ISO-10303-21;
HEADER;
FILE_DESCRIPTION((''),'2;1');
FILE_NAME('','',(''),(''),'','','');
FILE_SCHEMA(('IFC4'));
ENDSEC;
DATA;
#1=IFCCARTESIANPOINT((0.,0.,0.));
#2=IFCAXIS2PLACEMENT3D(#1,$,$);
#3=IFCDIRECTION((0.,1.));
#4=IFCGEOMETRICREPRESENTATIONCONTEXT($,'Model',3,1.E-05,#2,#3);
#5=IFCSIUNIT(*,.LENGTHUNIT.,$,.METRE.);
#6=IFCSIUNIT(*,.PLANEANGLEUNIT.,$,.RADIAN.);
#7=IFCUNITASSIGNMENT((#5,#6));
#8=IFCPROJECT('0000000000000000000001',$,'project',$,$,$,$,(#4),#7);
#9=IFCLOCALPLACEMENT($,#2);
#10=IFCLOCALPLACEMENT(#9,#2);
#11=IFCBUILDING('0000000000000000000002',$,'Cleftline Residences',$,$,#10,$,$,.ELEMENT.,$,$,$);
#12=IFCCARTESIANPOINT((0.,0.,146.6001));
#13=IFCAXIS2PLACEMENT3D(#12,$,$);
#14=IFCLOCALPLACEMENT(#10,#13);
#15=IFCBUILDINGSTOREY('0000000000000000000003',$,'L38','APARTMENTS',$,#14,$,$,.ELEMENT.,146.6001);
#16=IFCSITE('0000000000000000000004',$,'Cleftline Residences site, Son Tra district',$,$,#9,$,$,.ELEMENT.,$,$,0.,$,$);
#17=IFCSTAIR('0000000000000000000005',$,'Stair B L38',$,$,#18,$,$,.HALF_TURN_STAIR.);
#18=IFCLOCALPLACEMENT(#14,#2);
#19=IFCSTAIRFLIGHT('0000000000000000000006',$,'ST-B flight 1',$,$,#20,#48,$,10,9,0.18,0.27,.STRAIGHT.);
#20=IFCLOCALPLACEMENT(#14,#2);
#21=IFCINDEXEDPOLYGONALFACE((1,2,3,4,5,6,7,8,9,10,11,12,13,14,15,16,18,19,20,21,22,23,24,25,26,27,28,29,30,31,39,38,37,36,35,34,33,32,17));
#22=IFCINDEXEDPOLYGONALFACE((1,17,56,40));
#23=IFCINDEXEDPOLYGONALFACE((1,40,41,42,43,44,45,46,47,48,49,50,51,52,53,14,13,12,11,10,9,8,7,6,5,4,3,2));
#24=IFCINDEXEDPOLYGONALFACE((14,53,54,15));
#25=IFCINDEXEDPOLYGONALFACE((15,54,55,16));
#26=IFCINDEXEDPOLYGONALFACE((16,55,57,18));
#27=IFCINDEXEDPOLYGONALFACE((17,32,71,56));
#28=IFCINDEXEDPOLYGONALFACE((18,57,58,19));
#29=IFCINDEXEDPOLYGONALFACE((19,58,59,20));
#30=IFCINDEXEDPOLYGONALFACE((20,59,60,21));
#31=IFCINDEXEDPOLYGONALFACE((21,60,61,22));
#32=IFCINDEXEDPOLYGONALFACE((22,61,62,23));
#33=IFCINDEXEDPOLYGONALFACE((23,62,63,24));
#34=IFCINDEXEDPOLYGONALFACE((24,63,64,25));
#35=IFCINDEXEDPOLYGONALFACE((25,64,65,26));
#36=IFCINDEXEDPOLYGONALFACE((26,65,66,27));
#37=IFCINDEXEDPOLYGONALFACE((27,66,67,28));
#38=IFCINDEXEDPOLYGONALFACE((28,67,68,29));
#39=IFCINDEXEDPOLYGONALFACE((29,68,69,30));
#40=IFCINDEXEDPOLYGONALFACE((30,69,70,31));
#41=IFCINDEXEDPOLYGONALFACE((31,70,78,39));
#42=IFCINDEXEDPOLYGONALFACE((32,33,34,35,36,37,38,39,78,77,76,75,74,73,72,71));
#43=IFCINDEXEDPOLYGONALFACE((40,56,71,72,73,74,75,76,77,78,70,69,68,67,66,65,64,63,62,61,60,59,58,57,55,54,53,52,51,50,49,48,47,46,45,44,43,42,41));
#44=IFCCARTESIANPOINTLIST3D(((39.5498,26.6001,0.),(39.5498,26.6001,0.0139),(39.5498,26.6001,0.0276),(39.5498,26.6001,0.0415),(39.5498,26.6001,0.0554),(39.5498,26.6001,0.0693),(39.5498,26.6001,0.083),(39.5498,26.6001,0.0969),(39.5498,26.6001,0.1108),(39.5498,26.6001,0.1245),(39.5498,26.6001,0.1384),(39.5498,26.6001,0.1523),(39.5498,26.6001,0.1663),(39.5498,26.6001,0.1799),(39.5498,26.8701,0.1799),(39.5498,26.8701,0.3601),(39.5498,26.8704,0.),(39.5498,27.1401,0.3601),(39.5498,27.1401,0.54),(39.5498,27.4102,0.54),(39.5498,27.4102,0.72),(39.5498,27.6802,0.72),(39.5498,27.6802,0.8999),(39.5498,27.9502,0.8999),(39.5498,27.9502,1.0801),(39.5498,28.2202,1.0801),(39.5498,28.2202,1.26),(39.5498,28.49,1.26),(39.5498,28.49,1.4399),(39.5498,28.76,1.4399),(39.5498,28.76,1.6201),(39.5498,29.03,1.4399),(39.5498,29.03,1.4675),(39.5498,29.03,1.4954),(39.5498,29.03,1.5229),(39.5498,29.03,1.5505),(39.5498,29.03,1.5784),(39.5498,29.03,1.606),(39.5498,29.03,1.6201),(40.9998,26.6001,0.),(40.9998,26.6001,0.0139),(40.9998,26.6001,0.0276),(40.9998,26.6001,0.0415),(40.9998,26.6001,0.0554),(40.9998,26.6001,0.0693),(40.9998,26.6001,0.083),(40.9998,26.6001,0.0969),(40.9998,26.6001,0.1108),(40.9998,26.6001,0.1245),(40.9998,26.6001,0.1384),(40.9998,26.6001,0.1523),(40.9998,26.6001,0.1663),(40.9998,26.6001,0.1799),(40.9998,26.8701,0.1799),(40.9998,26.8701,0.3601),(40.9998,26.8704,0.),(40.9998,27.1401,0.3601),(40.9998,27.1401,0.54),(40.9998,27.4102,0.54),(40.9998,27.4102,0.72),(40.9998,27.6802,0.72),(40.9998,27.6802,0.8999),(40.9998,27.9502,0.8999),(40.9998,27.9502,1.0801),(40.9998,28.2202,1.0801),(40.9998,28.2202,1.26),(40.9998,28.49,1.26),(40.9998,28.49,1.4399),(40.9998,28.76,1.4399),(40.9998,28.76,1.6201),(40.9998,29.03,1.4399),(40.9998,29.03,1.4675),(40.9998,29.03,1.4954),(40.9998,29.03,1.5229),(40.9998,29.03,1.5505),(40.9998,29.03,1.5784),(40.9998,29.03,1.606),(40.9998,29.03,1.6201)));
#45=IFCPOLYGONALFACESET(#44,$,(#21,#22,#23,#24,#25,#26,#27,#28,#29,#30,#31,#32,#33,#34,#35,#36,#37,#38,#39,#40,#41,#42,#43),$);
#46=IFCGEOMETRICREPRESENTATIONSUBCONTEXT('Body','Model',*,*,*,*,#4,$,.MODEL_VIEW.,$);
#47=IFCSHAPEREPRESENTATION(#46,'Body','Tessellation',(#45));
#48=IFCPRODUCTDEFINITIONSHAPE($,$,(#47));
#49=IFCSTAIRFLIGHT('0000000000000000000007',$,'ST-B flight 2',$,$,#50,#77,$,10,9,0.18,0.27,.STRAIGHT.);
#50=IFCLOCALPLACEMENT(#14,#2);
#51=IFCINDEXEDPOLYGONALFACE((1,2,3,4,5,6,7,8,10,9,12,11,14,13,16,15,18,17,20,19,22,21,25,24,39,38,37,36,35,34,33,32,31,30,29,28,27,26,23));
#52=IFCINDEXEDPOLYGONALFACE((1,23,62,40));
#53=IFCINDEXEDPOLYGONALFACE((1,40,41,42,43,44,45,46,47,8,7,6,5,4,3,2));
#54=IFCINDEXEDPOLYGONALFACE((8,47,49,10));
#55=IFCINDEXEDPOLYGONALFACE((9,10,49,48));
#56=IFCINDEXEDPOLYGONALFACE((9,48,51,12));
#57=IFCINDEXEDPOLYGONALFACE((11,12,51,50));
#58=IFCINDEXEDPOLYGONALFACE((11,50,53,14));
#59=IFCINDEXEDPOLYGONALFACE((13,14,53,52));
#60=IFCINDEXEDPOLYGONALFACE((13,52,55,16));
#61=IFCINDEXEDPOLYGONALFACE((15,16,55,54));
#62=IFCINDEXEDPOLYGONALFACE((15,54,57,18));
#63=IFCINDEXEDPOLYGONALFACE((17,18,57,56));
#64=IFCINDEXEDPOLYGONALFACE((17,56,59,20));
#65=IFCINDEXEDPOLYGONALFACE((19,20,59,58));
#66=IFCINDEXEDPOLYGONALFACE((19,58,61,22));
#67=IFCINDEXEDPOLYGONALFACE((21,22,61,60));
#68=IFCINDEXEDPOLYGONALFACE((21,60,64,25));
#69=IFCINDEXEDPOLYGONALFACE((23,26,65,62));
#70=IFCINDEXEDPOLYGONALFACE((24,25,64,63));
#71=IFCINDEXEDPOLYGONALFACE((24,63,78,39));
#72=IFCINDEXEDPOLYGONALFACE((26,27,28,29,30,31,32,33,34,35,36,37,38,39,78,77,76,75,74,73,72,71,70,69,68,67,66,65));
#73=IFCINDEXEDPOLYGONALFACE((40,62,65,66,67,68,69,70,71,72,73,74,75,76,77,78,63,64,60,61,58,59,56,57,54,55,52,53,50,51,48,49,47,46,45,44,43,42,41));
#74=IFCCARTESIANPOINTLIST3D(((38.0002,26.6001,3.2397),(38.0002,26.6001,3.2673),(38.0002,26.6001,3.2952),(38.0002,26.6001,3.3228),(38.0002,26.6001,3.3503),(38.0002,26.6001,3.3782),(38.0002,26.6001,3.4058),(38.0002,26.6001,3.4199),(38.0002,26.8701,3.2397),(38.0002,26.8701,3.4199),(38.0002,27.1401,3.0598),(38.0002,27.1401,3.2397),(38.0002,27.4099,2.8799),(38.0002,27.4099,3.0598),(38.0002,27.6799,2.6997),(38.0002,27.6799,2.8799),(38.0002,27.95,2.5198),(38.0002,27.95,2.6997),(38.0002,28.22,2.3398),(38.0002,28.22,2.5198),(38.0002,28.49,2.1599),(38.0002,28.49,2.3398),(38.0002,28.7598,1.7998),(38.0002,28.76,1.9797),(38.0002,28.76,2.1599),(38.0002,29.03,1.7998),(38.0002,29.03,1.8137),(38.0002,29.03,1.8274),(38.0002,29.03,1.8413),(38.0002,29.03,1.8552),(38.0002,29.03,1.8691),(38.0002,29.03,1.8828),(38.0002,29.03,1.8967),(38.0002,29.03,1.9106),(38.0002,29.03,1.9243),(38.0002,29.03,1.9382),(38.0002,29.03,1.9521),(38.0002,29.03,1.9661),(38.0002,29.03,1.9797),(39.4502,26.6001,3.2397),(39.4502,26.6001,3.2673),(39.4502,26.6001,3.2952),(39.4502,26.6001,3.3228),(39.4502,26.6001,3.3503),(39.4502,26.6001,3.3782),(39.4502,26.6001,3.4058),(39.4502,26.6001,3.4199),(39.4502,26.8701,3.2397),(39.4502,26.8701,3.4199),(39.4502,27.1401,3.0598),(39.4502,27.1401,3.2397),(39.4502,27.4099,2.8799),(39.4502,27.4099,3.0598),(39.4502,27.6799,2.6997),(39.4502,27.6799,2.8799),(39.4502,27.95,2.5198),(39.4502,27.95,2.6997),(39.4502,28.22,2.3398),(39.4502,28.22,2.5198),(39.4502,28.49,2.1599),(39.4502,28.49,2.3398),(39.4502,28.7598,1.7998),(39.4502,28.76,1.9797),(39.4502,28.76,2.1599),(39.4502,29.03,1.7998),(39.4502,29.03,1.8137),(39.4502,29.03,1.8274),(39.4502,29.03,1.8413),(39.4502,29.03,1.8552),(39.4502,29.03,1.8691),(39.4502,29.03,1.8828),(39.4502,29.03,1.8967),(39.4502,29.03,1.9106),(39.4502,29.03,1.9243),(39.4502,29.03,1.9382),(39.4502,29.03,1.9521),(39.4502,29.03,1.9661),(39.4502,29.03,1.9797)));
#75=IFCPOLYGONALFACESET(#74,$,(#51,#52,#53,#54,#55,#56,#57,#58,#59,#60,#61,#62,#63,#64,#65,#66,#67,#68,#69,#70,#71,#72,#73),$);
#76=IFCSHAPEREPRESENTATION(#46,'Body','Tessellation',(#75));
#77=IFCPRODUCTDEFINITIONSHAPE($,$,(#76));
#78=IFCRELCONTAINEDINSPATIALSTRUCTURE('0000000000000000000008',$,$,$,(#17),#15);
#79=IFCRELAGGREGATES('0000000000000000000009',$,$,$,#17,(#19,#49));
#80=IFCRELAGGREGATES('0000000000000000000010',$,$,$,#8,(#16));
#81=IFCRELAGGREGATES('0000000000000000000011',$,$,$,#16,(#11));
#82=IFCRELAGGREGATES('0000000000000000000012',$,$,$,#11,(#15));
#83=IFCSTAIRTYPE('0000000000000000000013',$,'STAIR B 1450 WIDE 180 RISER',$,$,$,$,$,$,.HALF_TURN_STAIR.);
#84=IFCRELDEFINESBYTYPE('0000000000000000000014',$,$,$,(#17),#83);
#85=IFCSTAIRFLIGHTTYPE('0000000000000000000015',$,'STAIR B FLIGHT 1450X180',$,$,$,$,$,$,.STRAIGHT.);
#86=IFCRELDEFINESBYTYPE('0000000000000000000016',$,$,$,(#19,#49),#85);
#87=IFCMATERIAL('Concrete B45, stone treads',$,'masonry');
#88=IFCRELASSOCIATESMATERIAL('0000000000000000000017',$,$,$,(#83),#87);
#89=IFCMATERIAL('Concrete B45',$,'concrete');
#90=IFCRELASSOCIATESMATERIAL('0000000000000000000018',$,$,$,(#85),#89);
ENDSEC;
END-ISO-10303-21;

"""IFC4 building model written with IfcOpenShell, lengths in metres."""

from ifc_helpers import new_model, si_unit, direction, frame, origin, place, context, subcontext, project, spatial, polyline, outline, extrude, material, type_object, element, aggregate, save


model = new_model("IFC4")

# Units and contexts
model_context = context("Model", 3, precision=1e-05, world=origin(), true_north=direction((0.0, 1.0)))
body_context = subcontext(model_context, "Body", "Model", "MODEL_VIEW")
ifc_project = project(units=[si_unit("LENGTHUNIT", "METRE"), si_unit("PLANEANGLEUNIT", "RADIAN")], contexts=[model_context])

# Site, building, storey
site_placement = place(None, origin())
site = spatial("IfcSite", under=ifc_project, at=site_placement, Name="Cleftline Residences site, Son Tra district", CompositionType="ELEMENT", RefElevation=0.0)
building_placement = place(site_placement, origin())
building = spatial("IfcBuilding", under=site, at=building_placement, Name="Cleftline Residences", CompositionType="ELEMENT")
storey_placement = place(building_placement, frame((0.0, 0.0, 146.6001)))
storey = spatial("IfcBuildingStorey", under=building, at=storey_placement, Name="L38", Description="APARTMENTS", CompositionType="ELEMENT", Elevation=146.6001)

# Stair, stair flights
ifc_material_1 = material(Name="Concrete B45, stone treads", Category="masonry")
stair_type = type_object("IfcStairType", Name="STAIR B 1450 WIDE 180 RISER", PredefinedType="HALF_TURN_STAIR", material=ifc_material_1)
stair_placement = place(storey_placement, origin())
stair = element("IfcStair", 1, at=stair_placement, inside=storey, type_object=stair_type, Name="Stair B L38", PredefinedType="HALF_TURN_STAIR")
ifc_material_2 = material(Name="Concrete B45", Category="concrete")
stair_flight_type = type_object("IfcStairFlightType", Name="STAIR B FLIGHT 1450X180", PredefinedType="STRAIGHT", material=ifc_material_2)
stair_flight_1_placement = place(storey_placement, frame((40.2749, 26.6001, 0.0), z_axis=(0.0, 0.0, 1.0), x_axis=(0.0, 1.0, 0.0)))
stair_flight_1 = element("IfcStairFlight", 2, at=stair_flight_1_placement, type_object=stair_flight_type, Name="ST-B flight 1", NumberOfRisers=10, NumberOfTreads=9, PredefinedType="STRAIGHT", RiserHeight=0.18, TreadLength=0.27, context=body_context, shape_type="SweptSolid", body=[
    extrude(outline(polyline([(0.0, 0.0), (0.0, 0.0139), (0.0, 0.0276), (0.0, 0.0415), (0.0, 0.0554), (0.0, 0.0693), (0.0, 0.083), (0.0, 0.0969), (0.0, 0.1108), (0.0, 0.1245), (0.0, 0.1384), (0.0, 0.1523), (0.0, 0.1663), (0.0, 0.1799), (0.27, 0.1799), (0.27, 0.3601), (0.54, 0.3601), (0.54, 0.54), (0.8101, 0.54), (0.8101, 0.72), (1.0801, 0.72), (1.0801, 0.8999), (1.3501, 0.8999), (1.3501, 1.0801), (1.6201, 1.0801), (1.6201, 1.26), (1.8899, 1.26), (1.8899, 1.4399), (2.1599, 1.4399), (2.1599, 1.6201), (2.4299, 1.6201), (2.4299, 1.8), (2.4299, 1.7722), (2.4299, 1.7446), (2.4299, 1.7168), (2.4299, 1.6892), (2.4299, 1.6614), (2.4299, 1.6338), (2.4299, 1.606), (2.4299, 1.5784), (2.4299, 1.5505), (2.4299, 1.5229), (2.4299, 1.4954), (2.4299, 1.4675), (2.4299, 1.4399), (0.2703, 0.0), (0.0, 0.0)])), frame((0.0, 0.7251, 0.0), z_axis=(0.0, -1.0, 0.0), x_axis=(1.0, 0.0, 0.0)), (0.0, 0.0, 1.0), 1.45),
])
stair_flight_2_placement = place(storey_placement, frame((38.7251, 29.03, 1.7998), z_axis=(0.0, 0.0, 1.0), x_axis=(0.0, -1.0, 0.0)))
stair_flight_2 = element("IfcStairFlight", 3, at=stair_flight_2_placement, type_object=stair_flight_type, Name="ST-B flight 2", NumberOfRisers=10, NumberOfTreads=9, PredefinedType="STRAIGHT", RiserHeight=0.18, TreadLength=0.27, context=body_context, shape_type="SweptSolid", body=[
    extrude(outline(polyline([(0.0, 0.0), (0.0, 0.0139), (0.0, 0.0276), (0.0, 0.0415), (0.0, 0.0554), (0.0, 0.0693), (0.0, 0.083), (0.0, 0.0969), (0.0, 0.1108), (0.0, 0.1245), (0.0, 0.1384), (0.0, 0.1523), (0.0, 0.1663), (0.0, 0.1799), (0.27, 0.1799), (0.27, 0.3601), (0.54, 0.3601), (0.54, 0.54), (0.8101, 0.54), (0.8101, 0.72), (1.0801, 0.72), (1.0801, 0.8999), (1.3501, 0.8999), (1.3501, 1.0801), (1.6201, 1.0801), (1.6201, 1.26), (1.8899, 1.26), (1.8899, 1.4399), (2.1599, 1.4399), (2.1599, 1.6201), (2.4299, 1.6201), (2.4299, 1.8), (2.4299, 1.7722), (2.4299, 1.7446), (2.4299, 1.7168), (2.4299, 1.6892), (2.4299, 1.6614), (2.4299, 1.6338), (2.4299, 1.606), (2.4299, 1.5784), (2.4299, 1.5505), (2.4299, 1.5229), (2.4299, 1.4954), (2.4299, 1.4675), (2.4299, 1.4399), (0.2703, 0.0), (0.0, 0.0)])), frame((0.0, 0.7251, 0.0), z_axis=(0.0, -1.0, 0.0), x_axis=(1.0, 0.0, 0.0)), (0.0, 0.0, 1.0), 1.45),
])
aggregate(stair, [stair_flight_1, stair_flight_2])

save(model, "model.ifc")
